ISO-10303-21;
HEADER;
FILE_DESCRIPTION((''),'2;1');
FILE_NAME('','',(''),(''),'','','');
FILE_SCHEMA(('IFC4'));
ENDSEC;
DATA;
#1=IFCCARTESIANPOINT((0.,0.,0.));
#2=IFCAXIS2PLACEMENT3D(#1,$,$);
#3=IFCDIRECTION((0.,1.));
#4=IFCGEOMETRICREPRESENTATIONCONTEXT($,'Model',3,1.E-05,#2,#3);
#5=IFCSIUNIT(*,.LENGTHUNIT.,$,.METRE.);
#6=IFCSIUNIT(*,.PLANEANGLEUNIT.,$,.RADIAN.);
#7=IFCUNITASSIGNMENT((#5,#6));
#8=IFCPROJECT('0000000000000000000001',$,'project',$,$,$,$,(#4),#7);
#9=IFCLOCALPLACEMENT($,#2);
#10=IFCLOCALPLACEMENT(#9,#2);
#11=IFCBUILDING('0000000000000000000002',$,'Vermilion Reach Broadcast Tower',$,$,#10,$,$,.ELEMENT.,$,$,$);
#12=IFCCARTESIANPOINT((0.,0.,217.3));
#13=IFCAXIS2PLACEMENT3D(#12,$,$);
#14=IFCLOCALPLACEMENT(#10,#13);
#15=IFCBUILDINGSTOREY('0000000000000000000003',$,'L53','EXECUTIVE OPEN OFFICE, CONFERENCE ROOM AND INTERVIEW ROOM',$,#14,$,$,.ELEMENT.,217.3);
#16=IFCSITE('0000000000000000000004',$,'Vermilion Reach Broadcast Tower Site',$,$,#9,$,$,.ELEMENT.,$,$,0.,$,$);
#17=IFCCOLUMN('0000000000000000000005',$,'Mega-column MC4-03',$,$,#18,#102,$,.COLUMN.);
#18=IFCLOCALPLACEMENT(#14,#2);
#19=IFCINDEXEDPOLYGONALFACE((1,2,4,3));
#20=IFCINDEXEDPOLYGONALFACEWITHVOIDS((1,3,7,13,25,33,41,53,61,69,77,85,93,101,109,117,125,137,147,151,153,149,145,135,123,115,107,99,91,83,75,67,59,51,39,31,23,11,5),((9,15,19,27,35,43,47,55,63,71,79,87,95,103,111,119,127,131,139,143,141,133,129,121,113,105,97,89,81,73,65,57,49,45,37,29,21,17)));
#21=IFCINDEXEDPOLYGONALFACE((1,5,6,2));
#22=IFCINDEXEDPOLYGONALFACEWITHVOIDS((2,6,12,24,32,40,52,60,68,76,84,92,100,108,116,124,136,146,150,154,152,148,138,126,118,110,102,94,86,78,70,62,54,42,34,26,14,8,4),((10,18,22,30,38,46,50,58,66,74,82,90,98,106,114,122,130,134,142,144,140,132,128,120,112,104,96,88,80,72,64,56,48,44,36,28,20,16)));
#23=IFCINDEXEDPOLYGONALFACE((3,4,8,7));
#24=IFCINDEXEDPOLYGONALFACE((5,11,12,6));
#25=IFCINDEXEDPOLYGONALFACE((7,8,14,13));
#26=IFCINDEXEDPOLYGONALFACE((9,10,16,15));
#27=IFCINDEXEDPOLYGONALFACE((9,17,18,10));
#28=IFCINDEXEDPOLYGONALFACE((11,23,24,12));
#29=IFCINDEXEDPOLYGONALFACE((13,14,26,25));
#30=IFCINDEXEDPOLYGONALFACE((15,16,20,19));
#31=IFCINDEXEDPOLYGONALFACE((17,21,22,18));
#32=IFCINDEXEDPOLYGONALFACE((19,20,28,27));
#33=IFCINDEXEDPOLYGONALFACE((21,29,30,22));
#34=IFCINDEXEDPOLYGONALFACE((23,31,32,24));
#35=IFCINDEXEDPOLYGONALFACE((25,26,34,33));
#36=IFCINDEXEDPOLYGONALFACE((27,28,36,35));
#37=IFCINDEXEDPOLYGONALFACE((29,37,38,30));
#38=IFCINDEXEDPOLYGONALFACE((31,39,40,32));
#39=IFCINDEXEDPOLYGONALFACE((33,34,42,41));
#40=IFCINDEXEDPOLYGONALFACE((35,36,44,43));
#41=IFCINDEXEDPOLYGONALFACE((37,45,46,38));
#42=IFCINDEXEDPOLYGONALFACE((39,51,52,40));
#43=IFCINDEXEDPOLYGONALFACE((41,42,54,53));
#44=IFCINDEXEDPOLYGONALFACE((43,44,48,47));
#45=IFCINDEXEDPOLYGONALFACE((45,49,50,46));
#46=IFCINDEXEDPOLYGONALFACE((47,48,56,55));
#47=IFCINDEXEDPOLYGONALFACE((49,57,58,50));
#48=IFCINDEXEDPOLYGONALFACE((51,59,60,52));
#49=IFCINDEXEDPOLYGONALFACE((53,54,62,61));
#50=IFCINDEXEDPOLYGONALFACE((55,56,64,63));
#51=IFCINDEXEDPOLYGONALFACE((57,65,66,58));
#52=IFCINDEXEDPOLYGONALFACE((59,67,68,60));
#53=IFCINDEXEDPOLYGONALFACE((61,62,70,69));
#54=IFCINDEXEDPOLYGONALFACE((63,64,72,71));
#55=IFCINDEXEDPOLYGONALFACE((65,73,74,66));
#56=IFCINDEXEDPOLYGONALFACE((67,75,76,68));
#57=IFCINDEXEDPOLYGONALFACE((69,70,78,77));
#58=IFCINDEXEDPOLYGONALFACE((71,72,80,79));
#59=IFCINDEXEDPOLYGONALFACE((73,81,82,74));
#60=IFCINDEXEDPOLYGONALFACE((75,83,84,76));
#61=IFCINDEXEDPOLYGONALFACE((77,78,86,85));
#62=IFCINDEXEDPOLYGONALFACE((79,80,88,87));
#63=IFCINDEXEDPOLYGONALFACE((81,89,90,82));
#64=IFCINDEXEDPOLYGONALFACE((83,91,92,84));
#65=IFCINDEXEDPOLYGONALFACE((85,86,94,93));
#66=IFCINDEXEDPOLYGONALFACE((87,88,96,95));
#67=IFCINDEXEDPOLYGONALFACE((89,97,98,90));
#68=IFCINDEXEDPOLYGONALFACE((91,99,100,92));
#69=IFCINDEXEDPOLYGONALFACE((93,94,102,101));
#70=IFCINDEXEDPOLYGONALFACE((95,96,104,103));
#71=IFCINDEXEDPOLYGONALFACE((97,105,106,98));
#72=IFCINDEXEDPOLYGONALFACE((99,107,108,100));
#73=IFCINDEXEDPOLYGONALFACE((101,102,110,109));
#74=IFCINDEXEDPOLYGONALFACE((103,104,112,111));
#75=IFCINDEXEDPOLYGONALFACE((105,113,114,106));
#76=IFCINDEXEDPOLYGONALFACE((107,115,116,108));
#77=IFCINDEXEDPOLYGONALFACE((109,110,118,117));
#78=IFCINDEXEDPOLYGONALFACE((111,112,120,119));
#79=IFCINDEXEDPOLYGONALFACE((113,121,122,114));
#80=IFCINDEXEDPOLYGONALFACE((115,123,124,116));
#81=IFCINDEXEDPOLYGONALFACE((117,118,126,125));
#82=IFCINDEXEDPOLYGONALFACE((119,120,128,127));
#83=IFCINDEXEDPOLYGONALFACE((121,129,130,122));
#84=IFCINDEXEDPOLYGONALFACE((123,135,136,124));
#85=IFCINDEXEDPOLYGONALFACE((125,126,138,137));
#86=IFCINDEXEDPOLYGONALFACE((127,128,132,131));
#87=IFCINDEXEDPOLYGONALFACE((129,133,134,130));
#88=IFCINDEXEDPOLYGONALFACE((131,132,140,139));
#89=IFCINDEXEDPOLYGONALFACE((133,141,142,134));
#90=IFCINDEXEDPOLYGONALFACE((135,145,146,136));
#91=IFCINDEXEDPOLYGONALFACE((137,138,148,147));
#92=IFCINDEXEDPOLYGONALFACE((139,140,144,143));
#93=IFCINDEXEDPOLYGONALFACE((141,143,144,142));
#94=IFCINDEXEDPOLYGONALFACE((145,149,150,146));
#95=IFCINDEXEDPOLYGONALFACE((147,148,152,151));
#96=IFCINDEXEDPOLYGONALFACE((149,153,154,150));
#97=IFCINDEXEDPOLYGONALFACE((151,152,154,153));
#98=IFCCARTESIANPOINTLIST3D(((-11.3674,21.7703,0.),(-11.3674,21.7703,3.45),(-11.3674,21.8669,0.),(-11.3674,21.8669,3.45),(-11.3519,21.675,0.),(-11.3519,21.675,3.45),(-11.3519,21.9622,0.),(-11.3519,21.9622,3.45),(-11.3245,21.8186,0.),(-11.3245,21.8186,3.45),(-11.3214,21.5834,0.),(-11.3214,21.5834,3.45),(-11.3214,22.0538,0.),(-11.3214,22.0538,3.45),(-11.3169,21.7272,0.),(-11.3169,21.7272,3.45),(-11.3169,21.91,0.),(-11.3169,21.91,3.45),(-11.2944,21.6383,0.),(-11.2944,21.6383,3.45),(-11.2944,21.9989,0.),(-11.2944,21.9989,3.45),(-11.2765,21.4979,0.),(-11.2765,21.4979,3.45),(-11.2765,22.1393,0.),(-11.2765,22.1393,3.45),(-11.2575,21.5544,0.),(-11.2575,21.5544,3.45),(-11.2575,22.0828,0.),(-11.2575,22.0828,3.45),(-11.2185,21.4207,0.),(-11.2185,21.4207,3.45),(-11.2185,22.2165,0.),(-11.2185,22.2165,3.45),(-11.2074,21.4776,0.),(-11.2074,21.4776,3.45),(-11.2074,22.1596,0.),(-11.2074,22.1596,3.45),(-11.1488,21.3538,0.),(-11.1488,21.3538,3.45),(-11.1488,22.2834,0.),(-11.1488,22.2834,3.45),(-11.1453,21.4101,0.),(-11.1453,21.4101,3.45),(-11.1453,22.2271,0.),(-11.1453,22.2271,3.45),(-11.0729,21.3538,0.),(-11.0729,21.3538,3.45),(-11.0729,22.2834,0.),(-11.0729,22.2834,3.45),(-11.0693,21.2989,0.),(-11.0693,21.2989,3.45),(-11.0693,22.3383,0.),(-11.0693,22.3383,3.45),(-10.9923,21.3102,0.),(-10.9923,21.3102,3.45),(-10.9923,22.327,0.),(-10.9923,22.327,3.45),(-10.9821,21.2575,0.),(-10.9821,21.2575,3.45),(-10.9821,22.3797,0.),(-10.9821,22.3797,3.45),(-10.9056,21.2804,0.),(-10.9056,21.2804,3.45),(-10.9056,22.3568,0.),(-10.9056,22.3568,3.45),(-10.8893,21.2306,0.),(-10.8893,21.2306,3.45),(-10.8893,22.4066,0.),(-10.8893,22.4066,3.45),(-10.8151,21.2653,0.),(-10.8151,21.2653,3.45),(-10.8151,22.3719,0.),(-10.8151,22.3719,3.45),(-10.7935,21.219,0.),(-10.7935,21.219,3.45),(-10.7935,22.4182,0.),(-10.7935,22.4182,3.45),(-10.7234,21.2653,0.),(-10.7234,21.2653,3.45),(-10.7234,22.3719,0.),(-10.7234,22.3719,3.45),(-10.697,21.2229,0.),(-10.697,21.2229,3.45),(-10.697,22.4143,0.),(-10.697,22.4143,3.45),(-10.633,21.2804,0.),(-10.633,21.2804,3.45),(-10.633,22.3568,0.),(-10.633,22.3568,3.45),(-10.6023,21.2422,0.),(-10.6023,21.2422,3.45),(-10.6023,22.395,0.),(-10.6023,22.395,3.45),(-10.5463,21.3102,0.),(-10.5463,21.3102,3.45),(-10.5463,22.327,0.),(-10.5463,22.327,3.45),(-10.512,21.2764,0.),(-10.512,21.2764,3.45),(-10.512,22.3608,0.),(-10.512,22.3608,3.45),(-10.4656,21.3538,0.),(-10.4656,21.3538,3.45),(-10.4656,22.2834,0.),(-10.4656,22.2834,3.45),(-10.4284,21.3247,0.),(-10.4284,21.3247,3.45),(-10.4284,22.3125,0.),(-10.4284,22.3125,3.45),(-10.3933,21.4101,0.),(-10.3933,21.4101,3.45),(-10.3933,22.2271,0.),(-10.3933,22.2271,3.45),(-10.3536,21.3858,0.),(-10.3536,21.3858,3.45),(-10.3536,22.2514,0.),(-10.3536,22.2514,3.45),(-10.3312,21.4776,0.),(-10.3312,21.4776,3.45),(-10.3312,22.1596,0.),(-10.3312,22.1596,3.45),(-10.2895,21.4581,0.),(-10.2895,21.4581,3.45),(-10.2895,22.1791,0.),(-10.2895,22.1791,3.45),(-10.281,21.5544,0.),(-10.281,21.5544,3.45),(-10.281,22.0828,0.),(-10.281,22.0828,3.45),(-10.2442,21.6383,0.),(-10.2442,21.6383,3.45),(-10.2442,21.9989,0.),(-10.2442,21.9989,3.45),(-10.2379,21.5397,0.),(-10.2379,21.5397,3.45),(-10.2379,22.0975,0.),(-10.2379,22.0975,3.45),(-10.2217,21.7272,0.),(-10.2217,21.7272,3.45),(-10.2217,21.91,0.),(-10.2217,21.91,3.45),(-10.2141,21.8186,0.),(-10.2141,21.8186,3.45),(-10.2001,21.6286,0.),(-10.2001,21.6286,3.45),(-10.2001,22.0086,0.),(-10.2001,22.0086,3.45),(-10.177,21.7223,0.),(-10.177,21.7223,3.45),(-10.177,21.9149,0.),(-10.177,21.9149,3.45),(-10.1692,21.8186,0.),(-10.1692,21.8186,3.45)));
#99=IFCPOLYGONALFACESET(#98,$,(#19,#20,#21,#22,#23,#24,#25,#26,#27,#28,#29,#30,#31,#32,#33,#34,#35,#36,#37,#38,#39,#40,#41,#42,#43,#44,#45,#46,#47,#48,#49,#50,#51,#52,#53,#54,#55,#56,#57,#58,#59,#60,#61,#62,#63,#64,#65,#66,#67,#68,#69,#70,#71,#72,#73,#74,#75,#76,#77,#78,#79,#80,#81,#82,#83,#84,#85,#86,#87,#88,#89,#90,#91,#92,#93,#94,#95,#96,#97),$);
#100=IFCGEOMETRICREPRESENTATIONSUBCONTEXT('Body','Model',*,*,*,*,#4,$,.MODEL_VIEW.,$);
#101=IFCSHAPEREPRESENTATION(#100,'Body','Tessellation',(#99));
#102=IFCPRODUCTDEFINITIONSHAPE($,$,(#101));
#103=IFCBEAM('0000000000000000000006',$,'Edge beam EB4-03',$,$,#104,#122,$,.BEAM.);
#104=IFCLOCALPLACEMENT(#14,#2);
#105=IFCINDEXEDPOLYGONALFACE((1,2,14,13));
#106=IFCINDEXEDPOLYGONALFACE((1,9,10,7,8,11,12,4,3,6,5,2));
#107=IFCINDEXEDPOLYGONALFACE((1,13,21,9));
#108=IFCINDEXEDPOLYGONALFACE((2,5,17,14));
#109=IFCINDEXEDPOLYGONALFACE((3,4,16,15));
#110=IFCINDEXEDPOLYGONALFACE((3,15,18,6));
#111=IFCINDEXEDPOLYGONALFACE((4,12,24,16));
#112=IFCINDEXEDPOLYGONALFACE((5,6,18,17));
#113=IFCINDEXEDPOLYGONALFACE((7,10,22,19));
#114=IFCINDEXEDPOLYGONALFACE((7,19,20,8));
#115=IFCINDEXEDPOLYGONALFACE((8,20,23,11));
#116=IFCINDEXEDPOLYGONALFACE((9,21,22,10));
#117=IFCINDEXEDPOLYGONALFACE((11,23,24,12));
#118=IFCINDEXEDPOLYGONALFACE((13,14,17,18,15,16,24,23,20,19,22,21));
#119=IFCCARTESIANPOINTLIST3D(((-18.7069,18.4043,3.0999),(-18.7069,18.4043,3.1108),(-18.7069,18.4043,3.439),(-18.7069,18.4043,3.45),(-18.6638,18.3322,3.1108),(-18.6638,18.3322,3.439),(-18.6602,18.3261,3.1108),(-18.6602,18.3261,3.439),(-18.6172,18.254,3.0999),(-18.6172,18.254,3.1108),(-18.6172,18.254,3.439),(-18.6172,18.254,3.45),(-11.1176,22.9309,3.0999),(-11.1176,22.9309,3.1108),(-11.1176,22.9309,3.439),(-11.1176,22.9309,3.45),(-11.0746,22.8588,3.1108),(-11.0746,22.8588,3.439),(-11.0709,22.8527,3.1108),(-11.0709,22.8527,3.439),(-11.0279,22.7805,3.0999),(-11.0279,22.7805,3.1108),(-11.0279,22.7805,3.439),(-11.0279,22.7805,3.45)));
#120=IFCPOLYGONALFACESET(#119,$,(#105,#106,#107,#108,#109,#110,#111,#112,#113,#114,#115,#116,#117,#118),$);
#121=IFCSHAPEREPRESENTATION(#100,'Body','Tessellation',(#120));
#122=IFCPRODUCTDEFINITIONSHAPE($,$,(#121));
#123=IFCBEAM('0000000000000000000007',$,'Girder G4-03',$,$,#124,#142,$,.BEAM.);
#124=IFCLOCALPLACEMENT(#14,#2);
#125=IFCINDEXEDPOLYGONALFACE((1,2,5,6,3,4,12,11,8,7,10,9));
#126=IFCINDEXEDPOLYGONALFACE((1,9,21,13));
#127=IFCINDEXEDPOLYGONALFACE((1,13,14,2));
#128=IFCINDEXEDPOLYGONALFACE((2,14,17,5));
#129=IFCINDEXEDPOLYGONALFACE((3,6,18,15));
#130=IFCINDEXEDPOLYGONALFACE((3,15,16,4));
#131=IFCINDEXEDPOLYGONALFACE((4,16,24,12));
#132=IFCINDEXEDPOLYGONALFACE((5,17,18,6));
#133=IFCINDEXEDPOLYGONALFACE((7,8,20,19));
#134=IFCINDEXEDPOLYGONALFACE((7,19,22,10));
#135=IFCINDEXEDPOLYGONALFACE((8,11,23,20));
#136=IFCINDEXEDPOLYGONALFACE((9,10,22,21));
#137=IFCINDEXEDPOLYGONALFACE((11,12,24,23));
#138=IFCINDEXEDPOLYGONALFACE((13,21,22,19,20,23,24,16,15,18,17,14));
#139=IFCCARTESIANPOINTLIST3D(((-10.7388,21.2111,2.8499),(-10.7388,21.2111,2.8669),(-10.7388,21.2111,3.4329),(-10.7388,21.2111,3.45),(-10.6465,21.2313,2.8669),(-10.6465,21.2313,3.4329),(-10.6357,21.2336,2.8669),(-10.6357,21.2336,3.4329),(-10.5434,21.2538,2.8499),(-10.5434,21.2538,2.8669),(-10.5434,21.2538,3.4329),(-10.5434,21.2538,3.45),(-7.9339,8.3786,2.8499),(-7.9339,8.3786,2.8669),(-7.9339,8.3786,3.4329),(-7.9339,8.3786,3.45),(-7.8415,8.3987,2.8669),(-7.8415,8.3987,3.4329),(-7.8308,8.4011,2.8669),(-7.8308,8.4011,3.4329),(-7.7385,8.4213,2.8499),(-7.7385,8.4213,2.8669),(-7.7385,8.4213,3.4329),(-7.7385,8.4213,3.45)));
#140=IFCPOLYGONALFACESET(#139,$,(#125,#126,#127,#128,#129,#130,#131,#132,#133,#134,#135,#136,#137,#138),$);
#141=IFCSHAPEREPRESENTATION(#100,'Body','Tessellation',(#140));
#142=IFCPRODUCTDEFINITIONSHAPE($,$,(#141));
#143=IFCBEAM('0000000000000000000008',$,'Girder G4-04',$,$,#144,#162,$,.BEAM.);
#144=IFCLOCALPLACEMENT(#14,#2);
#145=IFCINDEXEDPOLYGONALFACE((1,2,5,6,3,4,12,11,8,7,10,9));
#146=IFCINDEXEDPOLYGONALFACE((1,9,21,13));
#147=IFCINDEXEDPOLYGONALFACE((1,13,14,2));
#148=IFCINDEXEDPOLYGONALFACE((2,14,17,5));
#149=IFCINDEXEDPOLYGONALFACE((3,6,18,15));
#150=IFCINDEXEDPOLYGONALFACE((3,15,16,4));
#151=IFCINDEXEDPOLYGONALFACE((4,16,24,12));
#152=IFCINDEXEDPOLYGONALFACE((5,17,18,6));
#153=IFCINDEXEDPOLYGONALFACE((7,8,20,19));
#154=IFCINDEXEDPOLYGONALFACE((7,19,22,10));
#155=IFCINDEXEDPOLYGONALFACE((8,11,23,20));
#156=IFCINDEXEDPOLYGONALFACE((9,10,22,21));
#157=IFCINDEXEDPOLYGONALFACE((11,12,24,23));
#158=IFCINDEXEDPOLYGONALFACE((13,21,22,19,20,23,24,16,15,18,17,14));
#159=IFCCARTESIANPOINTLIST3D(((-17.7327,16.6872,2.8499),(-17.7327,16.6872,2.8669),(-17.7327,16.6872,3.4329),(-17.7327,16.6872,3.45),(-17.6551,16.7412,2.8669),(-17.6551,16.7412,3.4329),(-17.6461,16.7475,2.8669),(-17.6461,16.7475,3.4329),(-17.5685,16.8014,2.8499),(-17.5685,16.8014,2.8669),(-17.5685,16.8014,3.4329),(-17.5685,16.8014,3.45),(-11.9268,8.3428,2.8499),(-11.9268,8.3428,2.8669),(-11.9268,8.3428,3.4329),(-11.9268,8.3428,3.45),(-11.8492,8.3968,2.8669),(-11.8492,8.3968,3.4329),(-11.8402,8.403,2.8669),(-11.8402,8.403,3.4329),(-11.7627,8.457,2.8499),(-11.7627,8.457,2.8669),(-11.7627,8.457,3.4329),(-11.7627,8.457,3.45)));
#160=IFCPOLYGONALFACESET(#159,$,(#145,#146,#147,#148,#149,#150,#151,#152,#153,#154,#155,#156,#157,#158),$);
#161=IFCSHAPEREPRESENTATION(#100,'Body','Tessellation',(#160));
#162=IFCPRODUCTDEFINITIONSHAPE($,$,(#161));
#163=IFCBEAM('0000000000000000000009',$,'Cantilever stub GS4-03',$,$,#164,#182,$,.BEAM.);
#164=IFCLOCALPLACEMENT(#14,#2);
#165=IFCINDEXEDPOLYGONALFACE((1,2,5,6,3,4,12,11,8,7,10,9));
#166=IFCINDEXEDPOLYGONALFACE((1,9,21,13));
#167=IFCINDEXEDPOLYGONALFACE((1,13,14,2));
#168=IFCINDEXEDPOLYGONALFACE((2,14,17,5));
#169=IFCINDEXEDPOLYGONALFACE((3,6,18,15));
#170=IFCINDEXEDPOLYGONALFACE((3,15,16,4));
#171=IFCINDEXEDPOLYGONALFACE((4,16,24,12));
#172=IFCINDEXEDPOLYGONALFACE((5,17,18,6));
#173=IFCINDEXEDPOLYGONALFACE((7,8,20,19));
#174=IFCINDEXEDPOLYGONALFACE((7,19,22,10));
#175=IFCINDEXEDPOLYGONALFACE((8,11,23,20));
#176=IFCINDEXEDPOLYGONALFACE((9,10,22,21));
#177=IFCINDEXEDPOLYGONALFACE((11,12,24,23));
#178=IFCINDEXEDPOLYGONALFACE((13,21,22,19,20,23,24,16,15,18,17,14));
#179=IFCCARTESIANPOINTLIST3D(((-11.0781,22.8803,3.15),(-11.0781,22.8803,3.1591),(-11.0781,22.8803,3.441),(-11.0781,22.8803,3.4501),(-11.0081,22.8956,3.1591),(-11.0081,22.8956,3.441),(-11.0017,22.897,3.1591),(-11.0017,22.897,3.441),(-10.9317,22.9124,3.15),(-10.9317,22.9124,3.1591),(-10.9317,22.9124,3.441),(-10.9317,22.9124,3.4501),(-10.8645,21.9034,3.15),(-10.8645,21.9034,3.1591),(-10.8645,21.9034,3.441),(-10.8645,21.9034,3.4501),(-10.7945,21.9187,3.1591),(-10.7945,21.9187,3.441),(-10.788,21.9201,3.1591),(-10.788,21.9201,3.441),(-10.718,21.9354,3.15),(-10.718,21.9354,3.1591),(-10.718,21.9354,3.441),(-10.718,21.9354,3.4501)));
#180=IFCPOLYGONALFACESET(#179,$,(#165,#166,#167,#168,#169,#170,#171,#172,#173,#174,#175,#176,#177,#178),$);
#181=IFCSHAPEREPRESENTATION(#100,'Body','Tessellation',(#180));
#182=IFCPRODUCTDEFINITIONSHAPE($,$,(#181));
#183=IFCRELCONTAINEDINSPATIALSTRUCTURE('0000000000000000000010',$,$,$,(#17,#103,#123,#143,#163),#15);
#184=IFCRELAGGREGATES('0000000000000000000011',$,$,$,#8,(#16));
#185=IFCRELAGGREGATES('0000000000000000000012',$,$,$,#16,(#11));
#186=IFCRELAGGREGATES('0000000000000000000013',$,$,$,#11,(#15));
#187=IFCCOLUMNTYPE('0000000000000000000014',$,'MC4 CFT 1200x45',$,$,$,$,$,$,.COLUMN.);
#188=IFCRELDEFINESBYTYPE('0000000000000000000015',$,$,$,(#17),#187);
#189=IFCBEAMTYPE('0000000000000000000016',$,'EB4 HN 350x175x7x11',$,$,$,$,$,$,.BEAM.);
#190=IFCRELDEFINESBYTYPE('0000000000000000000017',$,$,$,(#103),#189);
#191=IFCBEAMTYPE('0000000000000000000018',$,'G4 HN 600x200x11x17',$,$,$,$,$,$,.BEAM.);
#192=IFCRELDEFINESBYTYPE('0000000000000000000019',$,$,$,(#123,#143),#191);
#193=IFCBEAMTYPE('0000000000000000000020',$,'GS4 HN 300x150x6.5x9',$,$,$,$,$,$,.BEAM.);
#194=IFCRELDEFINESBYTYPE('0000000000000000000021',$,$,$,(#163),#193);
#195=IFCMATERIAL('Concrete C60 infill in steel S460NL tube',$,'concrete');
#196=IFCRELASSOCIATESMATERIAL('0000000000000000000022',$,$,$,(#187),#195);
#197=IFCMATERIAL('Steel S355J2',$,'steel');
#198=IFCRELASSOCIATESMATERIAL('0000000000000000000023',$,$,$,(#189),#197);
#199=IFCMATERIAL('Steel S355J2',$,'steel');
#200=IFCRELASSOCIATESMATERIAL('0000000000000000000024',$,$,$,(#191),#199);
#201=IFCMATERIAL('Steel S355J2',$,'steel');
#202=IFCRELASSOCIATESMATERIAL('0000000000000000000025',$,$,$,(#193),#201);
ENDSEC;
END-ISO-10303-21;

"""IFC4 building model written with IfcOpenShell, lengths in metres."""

from ifc_helpers import new_model, si_unit, direction, frame, origin, origin_2d, place, context, subcontext, project, spatial, hollow_circle, i_section, extrude, material, material_profile, profile_set, type_object, element, save


model = new_model("IFC4")

# Units and contexts
model_context = context("Model", 3, precision=1e-05, world=origin(), true_north=direction((0.0, 1.0)))
body_context = subcontext(model_context, "Body", "Model", "MODEL_VIEW")
ifc_project = project(units=[si_unit("LENGTHUNIT", "METRE"), si_unit("PLANEANGLEUNIT", "RADIAN")], contexts=[model_context])

# Site, building, storey
site_placement = place(None, origin())
site = spatial("IfcSite", under=ifc_project, at=site_placement, Name="Vermilion Reach Broadcast Tower Site", CompositionType="ELEMENT", RefElevation=0.0)
building_placement = place(site_placement, origin())
building = spatial("IfcBuilding", under=site, at=building_placement, Name="Vermilion Reach Broadcast Tower", CompositionType="ELEMENT")
storey_placement = place(building_placement, frame((0.0, 0.0, 217.3)))
storey = spatial("IfcBuildingStorey", under=building, at=storey_placement, Name="L53", Description="EXECUTIVE OPEN OFFICE, CONFERENCE ROOM AND INTERVIEW ROOM", CompositionType="ELEMENT", Elevation=217.3)

# Column
ifc_material_1 = material(Name="Concrete C60 infill in steel S460NL tube", Category="concrete")
ifc_material_profile_1 = material_profile(ifc_material_1, hollow_circle(Radius=0.6001, WallThickness=0.0449, at=origin_2d()), Name="Concrete C60 infill in steel S460NL tube CFT 1200x45")
ifc_profile_set_1 = profile_set([ifc_material_profile_1], Name="Concrete C60 infill in steel S460NL tube")
column_type = type_object("IfcColumnType", Name="MC4 CFT 1200x45", PredefinedType="COLUMN", material=ifc_profile_set_1)
column_placement = place(storey_placement, frame((-10.7693, 21.8186, 0.0), z_axis=(0.0, 0.0, 1.0), x_axis=(1.0, 0.0, 0.0)))
element("IfcColumn", 1, at=column_placement, inside=storey, type_object=column_type, Name="Mega-column MC4-03", PredefinedType="COLUMN", context=body_context, shape_type="SweptSolid", body=[
    extrude(hollow_circle(Radius=0.6001, WallThickness=0.0449, at=origin_2d()), origin(), (0.0, 0.0, 1.0), 3.45),
])

# Beams
ifc_material_2 = material(Name="Steel S355J2", Category="steel")
ifc_material_profile_2 = material_profile(ifc_material_2, i_section(OverallWidth=0.175, OverallDepth=0.3501, WebThickness=0.0071, FlangeThickness=0.011, at=origin_2d()), Name="S355J2 HN 350x175x7x11")
ifc_profile_set_2 = profile_set([ifc_material_profile_2], Name="Steel S355J2")
beam_type_1 = type_object("IfcBeamType", Name="EB4 HN 350x175x7x11", PredefinedType="BEAM", material=ifc_profile_set_2)
beam_1_placement = place(storey_placement, frame((-11.0728, 22.8557, 3.2749), z_axis=(-0.858838, -0.512247, 0.0), x_axis=(0.512247, -0.858838, 0.0)))
element("IfcBeam", 2, at=beam_1_placement, inside=storey, type_object=beam_type_1, Name="Edge beam EB4-03", PredefinedType="BEAM", context=body_context, shape_type="SweptSolid", body=[
    extrude(i_section(OverallWidth=0.175, OverallDepth=0.3501, WebThickness=0.0071, FlangeThickness=0.011, at=origin_2d()), origin(), (0.0, 0.0, 1.0), 8.8367),
])
ifc_material_3 = material(Name="Steel S355J2", Category="steel")
ifc_material_profile_3 = material_profile(ifc_material_3, i_section(OverallWidth=0.2, OverallDepth=0.6001, WebThickness=0.011, FlangeThickness=0.0171, at=origin_2d()), Name="S355J2 HN 600x200x11x17")
ifc_profile_set_3 = profile_set([ifc_material_profile_3], Name="Steel S355J2")
beam_type_2 = type_object("IfcBeamType", Name="G4 HN 600x200x11x17", PredefinedType="BEAM", material=ifc_profile_set_3)
beam_2_placement = place(storey_placement, frame((-7.8362, 8.3999, 3.1499), z_axis=(-0.213538, 0.976935, 0.0), x_axis=(-0.976935, -0.213538, 0.0)))
element("IfcBeam", 3, at=beam_2_placement, inside=storey, type_object=beam_type_2, Name="Girder G4-03", PredefinedType="BEAM", context=body_context, shape_type="SweptSolid", body=[
    extrude(i_section(OverallWidth=0.2, OverallDepth=0.6001, WebThickness=0.011, FlangeThickness=0.0171, at=origin_2d()), origin(), (0.0, 0.0, 1.0), 13.1355),
])
beam_3_placement = place(storey_placement, frame((-11.8447, 8.3999, 3.1499), z_axis=(-0.571134, 0.820857, 0.0), x_axis=(-0.820857, -0.571134, 0.0)))
element("IfcBeam", 4, at=beam_3_placement, inside=storey, type_object=beam_type_2, Name="Girder G4-04", PredefinedType="BEAM", context=body_context, shape_type="SweptSolid", body=[
    extrude(i_section(OverallWidth=0.2, OverallDepth=0.6001, WebThickness=0.011, FlangeThickness=0.0171, at=origin_2d()), origin(), (0.0, 0.0, 1.0), 10.1655),
])
ifc_material_4 = material(Name="Steel S355J2", Category="steel")
ifc_material_profile_4 = material_profile(ifc_material_4, i_section(OverallWidth=0.1499, OverallDepth=0.3, WebThickness=0.0066, FlangeThickness=0.009, at=origin_2d()), Name="S355J2 HN 300x150x6.5x9")
ifc_profile_set_4 = profile_set([ifc_material_profile_4], Name="Steel S355J2")
beam_type_3 = type_object("IfcBeamType", Name="GS4 HN 300x150x6.5x9", PredefinedType="BEAM", material=ifc_profile_set_4)
beam_4_placement = place(storey_placement, frame((-10.7913, 21.9194, 3.3), z_axis=(-0.213646, 0.976911, 0.0), x_axis=(-0.976911, -0.213646, 0.0)))
element("IfcBeam", 5, at=beam_4_placement, inside=storey, type_object=beam_type_3, Name="Cantilever stub GS4-03", PredefinedType="BEAM", context=body_context, shape_type="SweptSolid", body=[
    extrude(i_section(OverallWidth=0.1499, OverallDepth=0.3, WebThickness=0.0066, FlangeThickness=0.009, at=origin_2d()), origin(), (0.0, 0.0, 1.0), 1.0),
])

save(model, "model.ifc")
